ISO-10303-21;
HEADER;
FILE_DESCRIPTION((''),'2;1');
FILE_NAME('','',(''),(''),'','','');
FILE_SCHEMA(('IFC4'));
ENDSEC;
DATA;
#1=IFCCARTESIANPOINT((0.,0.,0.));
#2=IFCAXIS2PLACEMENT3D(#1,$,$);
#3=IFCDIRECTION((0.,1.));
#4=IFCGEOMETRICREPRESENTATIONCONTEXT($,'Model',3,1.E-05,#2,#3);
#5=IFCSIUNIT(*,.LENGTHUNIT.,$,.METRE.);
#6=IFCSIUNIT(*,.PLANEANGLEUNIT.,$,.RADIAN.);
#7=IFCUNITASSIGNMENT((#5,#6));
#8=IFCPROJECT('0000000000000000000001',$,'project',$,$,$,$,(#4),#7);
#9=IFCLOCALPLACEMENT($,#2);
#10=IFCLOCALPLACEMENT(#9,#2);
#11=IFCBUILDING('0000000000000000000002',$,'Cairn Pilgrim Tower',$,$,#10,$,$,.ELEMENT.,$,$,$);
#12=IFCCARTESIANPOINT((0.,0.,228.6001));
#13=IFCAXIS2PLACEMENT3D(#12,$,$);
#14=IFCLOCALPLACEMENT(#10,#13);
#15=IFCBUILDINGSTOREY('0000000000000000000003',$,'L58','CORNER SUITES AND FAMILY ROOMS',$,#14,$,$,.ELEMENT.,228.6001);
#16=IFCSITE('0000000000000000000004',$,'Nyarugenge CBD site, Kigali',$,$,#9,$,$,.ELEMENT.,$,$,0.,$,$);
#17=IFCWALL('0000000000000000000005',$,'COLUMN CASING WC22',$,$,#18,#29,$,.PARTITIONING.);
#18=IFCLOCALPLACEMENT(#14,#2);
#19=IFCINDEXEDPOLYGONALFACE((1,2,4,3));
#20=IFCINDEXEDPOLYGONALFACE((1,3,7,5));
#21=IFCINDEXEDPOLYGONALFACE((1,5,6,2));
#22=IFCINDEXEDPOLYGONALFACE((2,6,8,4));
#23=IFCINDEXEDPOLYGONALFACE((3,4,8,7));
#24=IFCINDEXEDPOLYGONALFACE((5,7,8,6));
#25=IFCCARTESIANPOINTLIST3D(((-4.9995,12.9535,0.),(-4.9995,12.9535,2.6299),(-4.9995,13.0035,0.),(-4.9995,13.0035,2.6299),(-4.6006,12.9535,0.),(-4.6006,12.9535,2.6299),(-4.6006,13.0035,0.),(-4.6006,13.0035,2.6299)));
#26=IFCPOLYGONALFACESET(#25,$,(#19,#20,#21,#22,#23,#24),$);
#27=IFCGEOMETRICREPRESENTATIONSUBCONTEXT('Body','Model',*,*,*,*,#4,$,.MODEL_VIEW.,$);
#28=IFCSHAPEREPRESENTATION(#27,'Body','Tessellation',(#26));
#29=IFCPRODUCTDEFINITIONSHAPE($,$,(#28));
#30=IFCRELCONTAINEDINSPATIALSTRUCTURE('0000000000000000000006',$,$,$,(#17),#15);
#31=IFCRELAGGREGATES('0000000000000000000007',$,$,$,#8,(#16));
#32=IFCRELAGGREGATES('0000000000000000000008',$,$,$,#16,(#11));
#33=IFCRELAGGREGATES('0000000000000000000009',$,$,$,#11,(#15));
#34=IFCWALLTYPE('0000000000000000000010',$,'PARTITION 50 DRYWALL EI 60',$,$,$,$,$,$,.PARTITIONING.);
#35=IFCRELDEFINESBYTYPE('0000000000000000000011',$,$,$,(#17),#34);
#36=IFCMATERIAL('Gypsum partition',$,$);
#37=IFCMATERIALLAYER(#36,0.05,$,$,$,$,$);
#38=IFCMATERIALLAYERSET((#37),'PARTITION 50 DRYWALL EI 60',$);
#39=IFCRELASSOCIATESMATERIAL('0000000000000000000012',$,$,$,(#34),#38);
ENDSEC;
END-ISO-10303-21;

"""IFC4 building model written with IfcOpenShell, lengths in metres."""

from ifc_helpers import new_model, si_unit, direction, frame, frame_2d, origin, place, context, subcontext, project, spatial, rectangle, extrude, material, layer, layer_set, type_object, element, save


model = new_model("IFC4")

# Units and contexts
model_context = context("Model", 3, precision=1e-05, world=origin(), true_north=direction((0.0, 1.0)))
body_context = subcontext(model_context, "Body", "Model", "MODEL_VIEW")
ifc_project = project(units=[si_unit("LENGTHUNIT", "METRE"), si_unit("PLANEANGLEUNIT", "RADIAN")], contexts=[model_context])

# Site, building, storey
site_placement = place(None, origin())
site = spatial("IfcSite", under=ifc_project, at=site_placement, Name="Nyarugenge CBD site, Kigali", CompositionType="ELEMENT", RefElevation=0.0)
building_placement = place(site_placement, origin())
building = spatial("IfcBuilding", under=site, at=building_placement, Name="Cairn Pilgrim Tower", CompositionType="ELEMENT")
storey_placement = place(building_placement, frame((0.0, 0.0, 228.6001)))
storey = spatial("IfcBuildingStorey", under=building, at=storey_placement, Name="L58", Description="CORNER SUITES AND FAMILY ROOMS", CompositionType="ELEMENT", Elevation=228.6001)

# Shared definitions
ifc_material_1 = material(Name="Gypsum partition")

# Wall
ifc_layer_1 = layer(ifc_material_1, 0.05)
ifc_layer_set_1 = layer_set([ifc_layer_1], Name="PARTITION 50 DRYWALL EI 60")
wall_type_1 = type_object("IfcWallType", Name="PARTITION 50 DRYWALL EI 60", PredefinedType="PARTITIONING", material=ifc_layer_set_1)
wall_1_placement = place(storey_placement, frame((-4.9995, 12.9785, 0.0), z_axis=(0.0, 0.0, 1.0), x_axis=(1.0, 0.0, 0.0)))
element("IfcWall", 1, at=wall_1_placement, inside=storey, type_object=wall_type_1, Name="COLUMN CASING WC22", PredefinedType="PARTITIONING", context=body_context, shape_type="SweptSolid", body=[
    extrude(rectangle(XDim=0.3989, YDim=0.05, at=frame_2d((0.1995, 0.0))), origin(), (0.0, 0.0, 1.0), 2.6299),
])

save(model, "model.ifc")
